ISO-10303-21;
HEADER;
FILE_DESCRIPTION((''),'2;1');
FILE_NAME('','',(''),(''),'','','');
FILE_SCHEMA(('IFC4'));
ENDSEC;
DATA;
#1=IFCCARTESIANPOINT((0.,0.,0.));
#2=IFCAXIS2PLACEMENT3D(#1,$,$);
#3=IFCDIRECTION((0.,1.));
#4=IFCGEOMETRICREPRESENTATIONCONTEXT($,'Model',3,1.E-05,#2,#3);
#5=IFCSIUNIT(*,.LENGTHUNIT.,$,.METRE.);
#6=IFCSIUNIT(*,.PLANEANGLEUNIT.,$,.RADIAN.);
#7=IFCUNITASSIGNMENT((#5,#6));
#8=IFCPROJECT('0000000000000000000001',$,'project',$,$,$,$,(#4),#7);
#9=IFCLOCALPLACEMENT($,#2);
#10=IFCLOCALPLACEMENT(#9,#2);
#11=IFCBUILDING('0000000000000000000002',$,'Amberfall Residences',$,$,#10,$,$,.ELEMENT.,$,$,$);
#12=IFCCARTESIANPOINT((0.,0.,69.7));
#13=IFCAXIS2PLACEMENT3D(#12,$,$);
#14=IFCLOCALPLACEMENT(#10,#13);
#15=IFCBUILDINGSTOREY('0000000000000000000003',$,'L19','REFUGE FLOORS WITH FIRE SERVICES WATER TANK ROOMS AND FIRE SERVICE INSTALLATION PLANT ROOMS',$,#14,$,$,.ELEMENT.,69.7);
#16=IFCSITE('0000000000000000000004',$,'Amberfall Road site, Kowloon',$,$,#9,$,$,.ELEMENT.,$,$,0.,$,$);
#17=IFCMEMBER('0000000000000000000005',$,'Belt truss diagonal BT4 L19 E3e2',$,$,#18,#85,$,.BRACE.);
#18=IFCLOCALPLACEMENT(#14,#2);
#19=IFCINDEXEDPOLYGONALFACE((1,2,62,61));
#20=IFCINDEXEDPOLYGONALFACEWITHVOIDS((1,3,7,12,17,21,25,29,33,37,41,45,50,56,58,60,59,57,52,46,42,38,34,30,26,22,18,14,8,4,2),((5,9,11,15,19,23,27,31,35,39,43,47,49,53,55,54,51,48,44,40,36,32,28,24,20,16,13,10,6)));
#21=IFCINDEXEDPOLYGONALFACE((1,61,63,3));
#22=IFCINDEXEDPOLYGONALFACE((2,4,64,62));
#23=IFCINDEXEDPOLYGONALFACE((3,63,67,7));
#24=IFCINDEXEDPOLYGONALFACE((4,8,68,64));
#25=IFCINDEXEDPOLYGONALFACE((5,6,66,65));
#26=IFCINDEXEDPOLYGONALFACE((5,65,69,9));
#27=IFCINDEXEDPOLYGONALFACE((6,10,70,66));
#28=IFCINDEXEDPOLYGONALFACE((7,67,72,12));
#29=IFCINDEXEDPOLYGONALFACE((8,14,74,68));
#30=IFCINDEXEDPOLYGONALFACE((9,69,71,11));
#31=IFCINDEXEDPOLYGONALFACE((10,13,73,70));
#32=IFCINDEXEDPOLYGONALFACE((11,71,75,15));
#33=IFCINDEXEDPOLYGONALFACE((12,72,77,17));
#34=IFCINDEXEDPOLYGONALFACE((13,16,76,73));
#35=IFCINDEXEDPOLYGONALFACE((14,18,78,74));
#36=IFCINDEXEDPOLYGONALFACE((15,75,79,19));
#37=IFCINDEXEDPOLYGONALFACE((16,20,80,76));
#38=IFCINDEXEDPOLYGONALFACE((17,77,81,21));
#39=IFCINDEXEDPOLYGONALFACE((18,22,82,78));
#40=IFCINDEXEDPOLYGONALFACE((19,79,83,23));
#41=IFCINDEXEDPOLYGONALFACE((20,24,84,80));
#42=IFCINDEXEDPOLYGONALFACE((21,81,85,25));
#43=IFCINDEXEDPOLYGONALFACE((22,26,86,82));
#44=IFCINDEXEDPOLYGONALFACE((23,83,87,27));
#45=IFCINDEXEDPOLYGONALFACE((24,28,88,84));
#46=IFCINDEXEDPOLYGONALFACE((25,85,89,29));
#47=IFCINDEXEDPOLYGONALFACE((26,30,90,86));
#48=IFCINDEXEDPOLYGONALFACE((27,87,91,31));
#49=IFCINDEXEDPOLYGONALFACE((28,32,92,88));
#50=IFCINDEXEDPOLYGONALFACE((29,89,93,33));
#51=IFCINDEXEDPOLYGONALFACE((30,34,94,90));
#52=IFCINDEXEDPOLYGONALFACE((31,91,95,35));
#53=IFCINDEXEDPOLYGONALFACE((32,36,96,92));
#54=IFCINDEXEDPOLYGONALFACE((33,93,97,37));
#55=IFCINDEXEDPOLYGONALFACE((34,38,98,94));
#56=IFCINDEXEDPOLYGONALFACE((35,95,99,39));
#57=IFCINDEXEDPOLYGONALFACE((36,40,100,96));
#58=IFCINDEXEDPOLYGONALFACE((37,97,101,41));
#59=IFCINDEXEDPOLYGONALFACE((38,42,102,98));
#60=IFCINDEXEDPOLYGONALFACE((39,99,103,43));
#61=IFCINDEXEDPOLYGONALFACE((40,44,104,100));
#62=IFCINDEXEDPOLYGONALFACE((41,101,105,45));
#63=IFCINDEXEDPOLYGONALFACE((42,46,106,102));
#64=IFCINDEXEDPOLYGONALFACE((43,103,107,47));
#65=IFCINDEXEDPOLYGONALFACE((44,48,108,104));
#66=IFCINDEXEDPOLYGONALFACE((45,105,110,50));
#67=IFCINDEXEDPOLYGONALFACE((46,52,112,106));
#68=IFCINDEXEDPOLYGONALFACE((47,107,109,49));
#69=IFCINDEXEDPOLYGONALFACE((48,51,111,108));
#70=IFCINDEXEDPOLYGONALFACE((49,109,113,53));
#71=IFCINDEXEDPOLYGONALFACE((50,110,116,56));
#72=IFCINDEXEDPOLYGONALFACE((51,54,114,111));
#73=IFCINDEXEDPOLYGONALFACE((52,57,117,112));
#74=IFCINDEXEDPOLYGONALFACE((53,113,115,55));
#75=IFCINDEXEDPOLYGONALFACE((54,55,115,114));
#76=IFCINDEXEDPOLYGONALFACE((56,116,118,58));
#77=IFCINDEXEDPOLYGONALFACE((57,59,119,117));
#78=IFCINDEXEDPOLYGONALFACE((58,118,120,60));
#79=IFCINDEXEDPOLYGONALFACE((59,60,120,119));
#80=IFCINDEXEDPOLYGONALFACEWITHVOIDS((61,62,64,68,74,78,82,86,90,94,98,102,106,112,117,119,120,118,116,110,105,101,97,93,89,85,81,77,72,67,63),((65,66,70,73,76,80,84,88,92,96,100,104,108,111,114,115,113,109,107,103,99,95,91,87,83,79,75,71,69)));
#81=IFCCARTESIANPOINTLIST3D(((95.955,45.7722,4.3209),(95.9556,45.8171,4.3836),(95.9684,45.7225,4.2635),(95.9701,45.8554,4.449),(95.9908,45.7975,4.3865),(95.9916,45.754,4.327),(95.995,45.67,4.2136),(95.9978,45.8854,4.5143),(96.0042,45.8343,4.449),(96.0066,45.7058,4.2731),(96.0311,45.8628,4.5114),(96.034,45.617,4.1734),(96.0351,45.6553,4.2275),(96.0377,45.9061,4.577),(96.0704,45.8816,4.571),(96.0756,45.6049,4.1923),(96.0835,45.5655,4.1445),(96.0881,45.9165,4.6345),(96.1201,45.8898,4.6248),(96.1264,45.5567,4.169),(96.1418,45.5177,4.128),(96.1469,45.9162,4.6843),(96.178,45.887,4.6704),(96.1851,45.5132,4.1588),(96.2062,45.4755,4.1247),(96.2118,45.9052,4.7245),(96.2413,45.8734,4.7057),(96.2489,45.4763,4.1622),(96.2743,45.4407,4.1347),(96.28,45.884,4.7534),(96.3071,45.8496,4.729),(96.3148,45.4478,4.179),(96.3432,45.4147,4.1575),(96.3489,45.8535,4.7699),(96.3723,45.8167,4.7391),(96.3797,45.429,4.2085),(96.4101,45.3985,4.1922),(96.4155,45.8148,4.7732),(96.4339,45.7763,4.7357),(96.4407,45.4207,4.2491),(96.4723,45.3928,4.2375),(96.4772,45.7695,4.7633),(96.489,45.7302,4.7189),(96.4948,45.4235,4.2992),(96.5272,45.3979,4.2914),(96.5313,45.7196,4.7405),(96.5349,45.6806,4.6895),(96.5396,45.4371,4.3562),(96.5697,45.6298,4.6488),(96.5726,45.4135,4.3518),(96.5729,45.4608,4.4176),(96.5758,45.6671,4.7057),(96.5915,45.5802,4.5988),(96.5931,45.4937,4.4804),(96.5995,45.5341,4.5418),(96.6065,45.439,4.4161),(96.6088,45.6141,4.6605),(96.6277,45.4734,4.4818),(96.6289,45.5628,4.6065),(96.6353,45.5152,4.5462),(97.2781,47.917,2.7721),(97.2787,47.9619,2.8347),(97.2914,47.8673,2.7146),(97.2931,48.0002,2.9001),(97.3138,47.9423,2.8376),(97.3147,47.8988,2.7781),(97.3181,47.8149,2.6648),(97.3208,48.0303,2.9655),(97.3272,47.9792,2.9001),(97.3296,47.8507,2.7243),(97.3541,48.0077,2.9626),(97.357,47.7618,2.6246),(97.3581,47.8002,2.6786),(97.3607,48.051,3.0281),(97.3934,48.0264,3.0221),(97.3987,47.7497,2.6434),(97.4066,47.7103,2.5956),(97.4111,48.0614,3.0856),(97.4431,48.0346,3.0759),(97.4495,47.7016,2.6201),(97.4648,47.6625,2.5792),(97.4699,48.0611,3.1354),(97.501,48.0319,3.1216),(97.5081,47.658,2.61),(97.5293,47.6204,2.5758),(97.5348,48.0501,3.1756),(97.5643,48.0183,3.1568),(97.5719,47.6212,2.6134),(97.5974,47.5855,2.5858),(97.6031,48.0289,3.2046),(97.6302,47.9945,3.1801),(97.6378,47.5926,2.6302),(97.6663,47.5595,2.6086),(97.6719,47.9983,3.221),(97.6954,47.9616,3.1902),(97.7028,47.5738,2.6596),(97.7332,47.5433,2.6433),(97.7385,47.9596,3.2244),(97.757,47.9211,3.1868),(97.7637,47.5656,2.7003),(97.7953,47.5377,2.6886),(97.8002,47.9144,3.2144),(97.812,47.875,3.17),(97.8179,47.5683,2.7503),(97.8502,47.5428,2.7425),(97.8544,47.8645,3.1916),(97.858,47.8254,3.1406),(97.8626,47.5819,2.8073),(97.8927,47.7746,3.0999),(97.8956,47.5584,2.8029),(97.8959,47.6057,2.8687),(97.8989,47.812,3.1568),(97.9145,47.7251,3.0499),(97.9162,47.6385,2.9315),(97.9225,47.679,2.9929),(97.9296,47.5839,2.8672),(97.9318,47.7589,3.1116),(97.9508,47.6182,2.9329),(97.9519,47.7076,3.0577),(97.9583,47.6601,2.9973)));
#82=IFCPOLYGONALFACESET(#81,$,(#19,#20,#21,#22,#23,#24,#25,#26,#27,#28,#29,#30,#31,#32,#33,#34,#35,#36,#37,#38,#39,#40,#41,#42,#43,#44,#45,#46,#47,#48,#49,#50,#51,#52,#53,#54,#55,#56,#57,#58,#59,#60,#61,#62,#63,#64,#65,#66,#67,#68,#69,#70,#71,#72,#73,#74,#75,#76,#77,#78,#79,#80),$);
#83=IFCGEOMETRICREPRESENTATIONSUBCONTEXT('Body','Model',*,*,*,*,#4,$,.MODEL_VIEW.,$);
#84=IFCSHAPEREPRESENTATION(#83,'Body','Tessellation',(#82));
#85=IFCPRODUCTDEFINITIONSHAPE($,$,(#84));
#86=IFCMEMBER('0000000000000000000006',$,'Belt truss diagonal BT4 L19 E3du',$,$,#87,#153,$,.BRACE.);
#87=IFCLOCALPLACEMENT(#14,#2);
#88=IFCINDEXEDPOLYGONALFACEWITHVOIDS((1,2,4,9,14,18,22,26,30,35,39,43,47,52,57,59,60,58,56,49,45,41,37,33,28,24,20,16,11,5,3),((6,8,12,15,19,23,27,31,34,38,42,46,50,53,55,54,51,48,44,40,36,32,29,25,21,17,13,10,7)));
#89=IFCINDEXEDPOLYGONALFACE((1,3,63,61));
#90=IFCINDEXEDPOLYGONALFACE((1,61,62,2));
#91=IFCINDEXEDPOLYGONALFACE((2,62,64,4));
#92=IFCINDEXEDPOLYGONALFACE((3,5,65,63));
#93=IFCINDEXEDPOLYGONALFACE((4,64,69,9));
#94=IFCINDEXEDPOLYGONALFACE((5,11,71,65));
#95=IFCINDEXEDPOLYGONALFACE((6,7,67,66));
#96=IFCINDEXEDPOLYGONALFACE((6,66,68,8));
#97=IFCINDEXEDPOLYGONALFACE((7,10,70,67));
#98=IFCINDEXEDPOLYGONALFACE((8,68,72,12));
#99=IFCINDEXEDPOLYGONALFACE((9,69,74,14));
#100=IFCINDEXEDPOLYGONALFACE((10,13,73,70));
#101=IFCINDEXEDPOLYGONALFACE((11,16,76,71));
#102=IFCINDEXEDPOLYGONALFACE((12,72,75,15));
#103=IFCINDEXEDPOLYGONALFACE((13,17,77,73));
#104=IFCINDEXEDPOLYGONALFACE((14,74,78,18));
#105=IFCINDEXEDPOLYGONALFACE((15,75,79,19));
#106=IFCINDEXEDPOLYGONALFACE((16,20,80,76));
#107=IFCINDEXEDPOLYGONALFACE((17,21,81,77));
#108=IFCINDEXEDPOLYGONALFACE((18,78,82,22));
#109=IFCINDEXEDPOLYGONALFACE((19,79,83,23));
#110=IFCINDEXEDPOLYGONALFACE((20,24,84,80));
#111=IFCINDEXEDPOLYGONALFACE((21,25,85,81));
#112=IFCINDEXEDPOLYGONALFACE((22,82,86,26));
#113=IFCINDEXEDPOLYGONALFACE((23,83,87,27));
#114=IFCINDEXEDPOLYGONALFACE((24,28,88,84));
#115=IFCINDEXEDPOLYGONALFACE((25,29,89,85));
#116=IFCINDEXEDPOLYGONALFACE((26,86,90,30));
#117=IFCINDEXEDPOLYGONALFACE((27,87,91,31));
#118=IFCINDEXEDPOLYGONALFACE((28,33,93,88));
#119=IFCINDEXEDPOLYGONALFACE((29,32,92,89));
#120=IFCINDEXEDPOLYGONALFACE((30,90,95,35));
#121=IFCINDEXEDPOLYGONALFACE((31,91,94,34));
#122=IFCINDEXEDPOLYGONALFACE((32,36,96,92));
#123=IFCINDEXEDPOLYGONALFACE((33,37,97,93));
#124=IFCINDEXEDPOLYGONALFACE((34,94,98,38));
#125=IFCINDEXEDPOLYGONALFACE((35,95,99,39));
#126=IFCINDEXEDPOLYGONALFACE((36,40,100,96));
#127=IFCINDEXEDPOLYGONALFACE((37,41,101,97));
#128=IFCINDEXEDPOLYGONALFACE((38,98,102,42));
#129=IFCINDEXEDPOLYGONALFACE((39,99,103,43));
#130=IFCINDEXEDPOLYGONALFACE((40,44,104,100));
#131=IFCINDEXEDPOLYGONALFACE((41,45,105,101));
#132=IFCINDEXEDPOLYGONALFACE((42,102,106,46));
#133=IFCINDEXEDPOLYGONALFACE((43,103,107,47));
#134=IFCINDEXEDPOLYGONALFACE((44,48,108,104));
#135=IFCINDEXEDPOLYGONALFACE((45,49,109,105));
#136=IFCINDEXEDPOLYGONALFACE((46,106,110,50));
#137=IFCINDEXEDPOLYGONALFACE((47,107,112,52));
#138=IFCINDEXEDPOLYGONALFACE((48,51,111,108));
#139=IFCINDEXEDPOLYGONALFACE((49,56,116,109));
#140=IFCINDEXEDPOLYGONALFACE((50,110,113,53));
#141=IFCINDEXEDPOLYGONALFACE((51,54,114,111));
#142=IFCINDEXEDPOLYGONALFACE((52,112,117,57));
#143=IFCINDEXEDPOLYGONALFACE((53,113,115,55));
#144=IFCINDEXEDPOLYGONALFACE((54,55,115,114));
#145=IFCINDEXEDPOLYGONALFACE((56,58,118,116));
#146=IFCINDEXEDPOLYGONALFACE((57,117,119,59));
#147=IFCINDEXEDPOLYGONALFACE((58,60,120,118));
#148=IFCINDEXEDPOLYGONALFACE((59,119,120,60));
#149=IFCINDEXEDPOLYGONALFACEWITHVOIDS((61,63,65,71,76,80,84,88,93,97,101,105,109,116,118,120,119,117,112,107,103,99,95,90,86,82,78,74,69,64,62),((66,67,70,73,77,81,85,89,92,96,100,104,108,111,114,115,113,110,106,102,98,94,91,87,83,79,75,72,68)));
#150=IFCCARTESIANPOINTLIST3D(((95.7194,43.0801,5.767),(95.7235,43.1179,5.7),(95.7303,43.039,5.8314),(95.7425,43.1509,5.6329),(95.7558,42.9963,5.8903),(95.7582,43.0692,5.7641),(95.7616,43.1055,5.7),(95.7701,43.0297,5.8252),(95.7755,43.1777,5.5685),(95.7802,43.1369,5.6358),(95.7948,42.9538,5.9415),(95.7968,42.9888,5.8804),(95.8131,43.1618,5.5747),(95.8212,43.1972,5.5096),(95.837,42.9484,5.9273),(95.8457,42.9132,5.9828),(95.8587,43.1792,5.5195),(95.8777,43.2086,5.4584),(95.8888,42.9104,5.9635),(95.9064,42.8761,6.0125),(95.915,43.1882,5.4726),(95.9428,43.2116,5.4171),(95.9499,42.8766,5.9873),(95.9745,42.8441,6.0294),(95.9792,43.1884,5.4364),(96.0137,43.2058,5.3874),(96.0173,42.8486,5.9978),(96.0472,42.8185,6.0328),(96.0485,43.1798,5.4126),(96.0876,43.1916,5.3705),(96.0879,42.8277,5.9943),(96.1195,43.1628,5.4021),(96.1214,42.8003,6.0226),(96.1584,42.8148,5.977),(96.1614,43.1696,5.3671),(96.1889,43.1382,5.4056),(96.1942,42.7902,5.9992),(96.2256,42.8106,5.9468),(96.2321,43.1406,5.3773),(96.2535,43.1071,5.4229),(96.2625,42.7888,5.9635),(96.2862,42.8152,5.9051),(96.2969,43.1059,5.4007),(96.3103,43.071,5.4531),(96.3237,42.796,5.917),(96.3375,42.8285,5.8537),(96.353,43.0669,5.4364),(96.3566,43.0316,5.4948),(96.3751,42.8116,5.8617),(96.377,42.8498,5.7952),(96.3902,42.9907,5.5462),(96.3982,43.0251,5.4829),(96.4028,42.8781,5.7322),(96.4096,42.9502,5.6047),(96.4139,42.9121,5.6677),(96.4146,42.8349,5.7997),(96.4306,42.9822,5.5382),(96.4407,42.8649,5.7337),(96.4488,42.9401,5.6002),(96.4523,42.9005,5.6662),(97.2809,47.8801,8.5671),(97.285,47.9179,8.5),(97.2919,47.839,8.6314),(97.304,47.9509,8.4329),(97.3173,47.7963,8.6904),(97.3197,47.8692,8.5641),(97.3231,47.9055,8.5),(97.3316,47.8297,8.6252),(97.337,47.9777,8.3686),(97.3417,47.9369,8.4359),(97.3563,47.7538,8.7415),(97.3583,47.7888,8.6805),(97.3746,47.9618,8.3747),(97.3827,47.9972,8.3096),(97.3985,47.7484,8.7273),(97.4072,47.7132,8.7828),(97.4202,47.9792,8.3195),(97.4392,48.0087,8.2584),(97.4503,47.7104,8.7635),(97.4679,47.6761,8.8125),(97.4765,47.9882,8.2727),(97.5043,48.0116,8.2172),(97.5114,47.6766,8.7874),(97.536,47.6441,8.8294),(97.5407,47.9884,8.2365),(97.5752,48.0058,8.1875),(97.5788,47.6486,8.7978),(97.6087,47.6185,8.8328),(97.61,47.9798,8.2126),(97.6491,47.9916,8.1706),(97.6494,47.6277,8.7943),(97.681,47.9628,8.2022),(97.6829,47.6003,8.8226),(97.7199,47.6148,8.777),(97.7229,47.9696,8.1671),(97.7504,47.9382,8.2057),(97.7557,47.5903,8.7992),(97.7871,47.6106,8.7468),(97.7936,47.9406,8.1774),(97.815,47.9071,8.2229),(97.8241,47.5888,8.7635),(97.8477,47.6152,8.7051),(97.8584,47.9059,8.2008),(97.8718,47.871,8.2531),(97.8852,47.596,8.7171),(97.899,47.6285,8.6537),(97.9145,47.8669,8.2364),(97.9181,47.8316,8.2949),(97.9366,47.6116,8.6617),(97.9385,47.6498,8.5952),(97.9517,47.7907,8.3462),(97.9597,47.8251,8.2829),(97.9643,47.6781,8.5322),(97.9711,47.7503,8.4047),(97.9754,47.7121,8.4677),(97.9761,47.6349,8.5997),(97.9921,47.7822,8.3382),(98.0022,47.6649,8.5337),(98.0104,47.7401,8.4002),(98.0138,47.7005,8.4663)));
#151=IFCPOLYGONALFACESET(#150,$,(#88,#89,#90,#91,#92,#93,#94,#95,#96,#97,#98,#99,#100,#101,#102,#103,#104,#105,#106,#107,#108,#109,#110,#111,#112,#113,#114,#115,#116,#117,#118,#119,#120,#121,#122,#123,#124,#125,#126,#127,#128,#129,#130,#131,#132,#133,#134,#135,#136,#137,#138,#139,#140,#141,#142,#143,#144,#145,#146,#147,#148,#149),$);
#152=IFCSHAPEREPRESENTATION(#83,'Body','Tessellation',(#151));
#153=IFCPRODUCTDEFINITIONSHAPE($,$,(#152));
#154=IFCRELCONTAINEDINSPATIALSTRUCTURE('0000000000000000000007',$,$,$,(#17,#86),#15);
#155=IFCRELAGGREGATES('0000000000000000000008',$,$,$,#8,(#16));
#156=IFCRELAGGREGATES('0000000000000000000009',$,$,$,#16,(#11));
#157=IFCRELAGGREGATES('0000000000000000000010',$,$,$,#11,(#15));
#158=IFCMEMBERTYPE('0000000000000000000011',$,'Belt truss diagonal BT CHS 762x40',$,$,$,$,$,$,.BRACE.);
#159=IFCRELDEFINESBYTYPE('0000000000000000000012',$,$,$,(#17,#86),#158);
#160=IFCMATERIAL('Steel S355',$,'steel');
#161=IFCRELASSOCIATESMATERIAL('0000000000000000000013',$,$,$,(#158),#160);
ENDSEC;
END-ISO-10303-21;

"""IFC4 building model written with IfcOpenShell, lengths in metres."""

from ifc_helpers import new_model, si_unit, direction, frame, origin, origin_2d, place, context, subcontext, project, spatial, hollow_circle, extrude, material, material_profile, profile_set, type_object, element, save


model = new_model("IFC4")

# Units and contexts
model_context = context("Model", 3, precision=1e-05, world=origin(), true_north=direction((0.0, 1.0)))
body_context = subcontext(model_context, "Body", "Model", "MODEL_VIEW")
ifc_project = project(units=[si_unit("LENGTHUNIT", "METRE"), si_unit("PLANEANGLEUNIT", "RADIAN")], contexts=[model_context])

# Site, building, storey
site_placement = place(None, origin())
site = spatial("IfcSite", under=ifc_project, at=site_placement, Name="Amberfall Road site, Kowloon", CompositionType="ELEMENT", RefElevation=0.0)
building_placement = place(site_placement, origin())
building = spatial("IfcBuilding", under=site, at=building_placement, Name="Amberfall Residences", CompositionType="ELEMENT")
storey_placement = place(building_placement, frame((0.0, 0.0, 69.7)))
storey = spatial("IfcBuildingStorey", under=building, at=storey_placement, Name="L19", Description="REFUGE FLOORS WITH FIRE SERVICES WATER TANK ROOMS AND FIRE SERVICE INSTALLATION PLANT ROOMS", CompositionType="ELEMENT", Elevation=69.7)

# Shared definitions
ifc_material_1 = material(Name="Steel S355", Category="steel")

# Members
ifc_material_profile_1 = material_profile(ifc_material_1, hollow_circle(Radius=0.3811, WallThickness=0.04, at=origin_2d()), Name="CHS 762x40")
ifc_profile_set_1 = profile_set([ifc_material_profile_1], Name="Steel S355")
member_type_1 = type_object("IfcMemberType", Name="Belt truss diagonal BT CHS 762x40", PredefinedType="BRACE", material=ifc_profile_set_1)
member_1_placement = place(storey_placement, frame((96.2944, 45.6553, 4.449), z_axis=(0.447274, 0.725097, -0.523622), x_axis=(-0.851102, 0.525, 0.0)))
element("IfcMember", 1, at=member_1_placement, inside=storey, type_object=member_type_1, Name="Belt truss diagonal BT4 L19 E3e2", PredefinedType="BRACE", context=body_context, shape_type="SweptSolid", body=[
    extrude(hollow_circle(Radius=0.3811, WallThickness=0.04, at=origin_2d()), origin(), (0.0, 0.0, 1.0), 2.958),
])
member_2_placement = place(storey_placement, frame((96.0859, 43.0, 5.7), z_axis=(0.270522, 0.83157, 0.485086), x_axis=(-0.950946, 0.309356, 0.0)))
element("IfcMember", 2, at=member_2_placement, inside=storey, type_object=member_type_1, Name="Belt truss diagonal BT4 L19 E3du", PredefinedType="BRACE", context=body_context, shape_type="SweptSolid", body=[
    extrude(hollow_circle(Radius=0.3811, WallThickness=0.04, at=origin_2d()), origin(), (0.0, 0.0, 1.0), 5.7722),
])

save(model, "model.ifc")
